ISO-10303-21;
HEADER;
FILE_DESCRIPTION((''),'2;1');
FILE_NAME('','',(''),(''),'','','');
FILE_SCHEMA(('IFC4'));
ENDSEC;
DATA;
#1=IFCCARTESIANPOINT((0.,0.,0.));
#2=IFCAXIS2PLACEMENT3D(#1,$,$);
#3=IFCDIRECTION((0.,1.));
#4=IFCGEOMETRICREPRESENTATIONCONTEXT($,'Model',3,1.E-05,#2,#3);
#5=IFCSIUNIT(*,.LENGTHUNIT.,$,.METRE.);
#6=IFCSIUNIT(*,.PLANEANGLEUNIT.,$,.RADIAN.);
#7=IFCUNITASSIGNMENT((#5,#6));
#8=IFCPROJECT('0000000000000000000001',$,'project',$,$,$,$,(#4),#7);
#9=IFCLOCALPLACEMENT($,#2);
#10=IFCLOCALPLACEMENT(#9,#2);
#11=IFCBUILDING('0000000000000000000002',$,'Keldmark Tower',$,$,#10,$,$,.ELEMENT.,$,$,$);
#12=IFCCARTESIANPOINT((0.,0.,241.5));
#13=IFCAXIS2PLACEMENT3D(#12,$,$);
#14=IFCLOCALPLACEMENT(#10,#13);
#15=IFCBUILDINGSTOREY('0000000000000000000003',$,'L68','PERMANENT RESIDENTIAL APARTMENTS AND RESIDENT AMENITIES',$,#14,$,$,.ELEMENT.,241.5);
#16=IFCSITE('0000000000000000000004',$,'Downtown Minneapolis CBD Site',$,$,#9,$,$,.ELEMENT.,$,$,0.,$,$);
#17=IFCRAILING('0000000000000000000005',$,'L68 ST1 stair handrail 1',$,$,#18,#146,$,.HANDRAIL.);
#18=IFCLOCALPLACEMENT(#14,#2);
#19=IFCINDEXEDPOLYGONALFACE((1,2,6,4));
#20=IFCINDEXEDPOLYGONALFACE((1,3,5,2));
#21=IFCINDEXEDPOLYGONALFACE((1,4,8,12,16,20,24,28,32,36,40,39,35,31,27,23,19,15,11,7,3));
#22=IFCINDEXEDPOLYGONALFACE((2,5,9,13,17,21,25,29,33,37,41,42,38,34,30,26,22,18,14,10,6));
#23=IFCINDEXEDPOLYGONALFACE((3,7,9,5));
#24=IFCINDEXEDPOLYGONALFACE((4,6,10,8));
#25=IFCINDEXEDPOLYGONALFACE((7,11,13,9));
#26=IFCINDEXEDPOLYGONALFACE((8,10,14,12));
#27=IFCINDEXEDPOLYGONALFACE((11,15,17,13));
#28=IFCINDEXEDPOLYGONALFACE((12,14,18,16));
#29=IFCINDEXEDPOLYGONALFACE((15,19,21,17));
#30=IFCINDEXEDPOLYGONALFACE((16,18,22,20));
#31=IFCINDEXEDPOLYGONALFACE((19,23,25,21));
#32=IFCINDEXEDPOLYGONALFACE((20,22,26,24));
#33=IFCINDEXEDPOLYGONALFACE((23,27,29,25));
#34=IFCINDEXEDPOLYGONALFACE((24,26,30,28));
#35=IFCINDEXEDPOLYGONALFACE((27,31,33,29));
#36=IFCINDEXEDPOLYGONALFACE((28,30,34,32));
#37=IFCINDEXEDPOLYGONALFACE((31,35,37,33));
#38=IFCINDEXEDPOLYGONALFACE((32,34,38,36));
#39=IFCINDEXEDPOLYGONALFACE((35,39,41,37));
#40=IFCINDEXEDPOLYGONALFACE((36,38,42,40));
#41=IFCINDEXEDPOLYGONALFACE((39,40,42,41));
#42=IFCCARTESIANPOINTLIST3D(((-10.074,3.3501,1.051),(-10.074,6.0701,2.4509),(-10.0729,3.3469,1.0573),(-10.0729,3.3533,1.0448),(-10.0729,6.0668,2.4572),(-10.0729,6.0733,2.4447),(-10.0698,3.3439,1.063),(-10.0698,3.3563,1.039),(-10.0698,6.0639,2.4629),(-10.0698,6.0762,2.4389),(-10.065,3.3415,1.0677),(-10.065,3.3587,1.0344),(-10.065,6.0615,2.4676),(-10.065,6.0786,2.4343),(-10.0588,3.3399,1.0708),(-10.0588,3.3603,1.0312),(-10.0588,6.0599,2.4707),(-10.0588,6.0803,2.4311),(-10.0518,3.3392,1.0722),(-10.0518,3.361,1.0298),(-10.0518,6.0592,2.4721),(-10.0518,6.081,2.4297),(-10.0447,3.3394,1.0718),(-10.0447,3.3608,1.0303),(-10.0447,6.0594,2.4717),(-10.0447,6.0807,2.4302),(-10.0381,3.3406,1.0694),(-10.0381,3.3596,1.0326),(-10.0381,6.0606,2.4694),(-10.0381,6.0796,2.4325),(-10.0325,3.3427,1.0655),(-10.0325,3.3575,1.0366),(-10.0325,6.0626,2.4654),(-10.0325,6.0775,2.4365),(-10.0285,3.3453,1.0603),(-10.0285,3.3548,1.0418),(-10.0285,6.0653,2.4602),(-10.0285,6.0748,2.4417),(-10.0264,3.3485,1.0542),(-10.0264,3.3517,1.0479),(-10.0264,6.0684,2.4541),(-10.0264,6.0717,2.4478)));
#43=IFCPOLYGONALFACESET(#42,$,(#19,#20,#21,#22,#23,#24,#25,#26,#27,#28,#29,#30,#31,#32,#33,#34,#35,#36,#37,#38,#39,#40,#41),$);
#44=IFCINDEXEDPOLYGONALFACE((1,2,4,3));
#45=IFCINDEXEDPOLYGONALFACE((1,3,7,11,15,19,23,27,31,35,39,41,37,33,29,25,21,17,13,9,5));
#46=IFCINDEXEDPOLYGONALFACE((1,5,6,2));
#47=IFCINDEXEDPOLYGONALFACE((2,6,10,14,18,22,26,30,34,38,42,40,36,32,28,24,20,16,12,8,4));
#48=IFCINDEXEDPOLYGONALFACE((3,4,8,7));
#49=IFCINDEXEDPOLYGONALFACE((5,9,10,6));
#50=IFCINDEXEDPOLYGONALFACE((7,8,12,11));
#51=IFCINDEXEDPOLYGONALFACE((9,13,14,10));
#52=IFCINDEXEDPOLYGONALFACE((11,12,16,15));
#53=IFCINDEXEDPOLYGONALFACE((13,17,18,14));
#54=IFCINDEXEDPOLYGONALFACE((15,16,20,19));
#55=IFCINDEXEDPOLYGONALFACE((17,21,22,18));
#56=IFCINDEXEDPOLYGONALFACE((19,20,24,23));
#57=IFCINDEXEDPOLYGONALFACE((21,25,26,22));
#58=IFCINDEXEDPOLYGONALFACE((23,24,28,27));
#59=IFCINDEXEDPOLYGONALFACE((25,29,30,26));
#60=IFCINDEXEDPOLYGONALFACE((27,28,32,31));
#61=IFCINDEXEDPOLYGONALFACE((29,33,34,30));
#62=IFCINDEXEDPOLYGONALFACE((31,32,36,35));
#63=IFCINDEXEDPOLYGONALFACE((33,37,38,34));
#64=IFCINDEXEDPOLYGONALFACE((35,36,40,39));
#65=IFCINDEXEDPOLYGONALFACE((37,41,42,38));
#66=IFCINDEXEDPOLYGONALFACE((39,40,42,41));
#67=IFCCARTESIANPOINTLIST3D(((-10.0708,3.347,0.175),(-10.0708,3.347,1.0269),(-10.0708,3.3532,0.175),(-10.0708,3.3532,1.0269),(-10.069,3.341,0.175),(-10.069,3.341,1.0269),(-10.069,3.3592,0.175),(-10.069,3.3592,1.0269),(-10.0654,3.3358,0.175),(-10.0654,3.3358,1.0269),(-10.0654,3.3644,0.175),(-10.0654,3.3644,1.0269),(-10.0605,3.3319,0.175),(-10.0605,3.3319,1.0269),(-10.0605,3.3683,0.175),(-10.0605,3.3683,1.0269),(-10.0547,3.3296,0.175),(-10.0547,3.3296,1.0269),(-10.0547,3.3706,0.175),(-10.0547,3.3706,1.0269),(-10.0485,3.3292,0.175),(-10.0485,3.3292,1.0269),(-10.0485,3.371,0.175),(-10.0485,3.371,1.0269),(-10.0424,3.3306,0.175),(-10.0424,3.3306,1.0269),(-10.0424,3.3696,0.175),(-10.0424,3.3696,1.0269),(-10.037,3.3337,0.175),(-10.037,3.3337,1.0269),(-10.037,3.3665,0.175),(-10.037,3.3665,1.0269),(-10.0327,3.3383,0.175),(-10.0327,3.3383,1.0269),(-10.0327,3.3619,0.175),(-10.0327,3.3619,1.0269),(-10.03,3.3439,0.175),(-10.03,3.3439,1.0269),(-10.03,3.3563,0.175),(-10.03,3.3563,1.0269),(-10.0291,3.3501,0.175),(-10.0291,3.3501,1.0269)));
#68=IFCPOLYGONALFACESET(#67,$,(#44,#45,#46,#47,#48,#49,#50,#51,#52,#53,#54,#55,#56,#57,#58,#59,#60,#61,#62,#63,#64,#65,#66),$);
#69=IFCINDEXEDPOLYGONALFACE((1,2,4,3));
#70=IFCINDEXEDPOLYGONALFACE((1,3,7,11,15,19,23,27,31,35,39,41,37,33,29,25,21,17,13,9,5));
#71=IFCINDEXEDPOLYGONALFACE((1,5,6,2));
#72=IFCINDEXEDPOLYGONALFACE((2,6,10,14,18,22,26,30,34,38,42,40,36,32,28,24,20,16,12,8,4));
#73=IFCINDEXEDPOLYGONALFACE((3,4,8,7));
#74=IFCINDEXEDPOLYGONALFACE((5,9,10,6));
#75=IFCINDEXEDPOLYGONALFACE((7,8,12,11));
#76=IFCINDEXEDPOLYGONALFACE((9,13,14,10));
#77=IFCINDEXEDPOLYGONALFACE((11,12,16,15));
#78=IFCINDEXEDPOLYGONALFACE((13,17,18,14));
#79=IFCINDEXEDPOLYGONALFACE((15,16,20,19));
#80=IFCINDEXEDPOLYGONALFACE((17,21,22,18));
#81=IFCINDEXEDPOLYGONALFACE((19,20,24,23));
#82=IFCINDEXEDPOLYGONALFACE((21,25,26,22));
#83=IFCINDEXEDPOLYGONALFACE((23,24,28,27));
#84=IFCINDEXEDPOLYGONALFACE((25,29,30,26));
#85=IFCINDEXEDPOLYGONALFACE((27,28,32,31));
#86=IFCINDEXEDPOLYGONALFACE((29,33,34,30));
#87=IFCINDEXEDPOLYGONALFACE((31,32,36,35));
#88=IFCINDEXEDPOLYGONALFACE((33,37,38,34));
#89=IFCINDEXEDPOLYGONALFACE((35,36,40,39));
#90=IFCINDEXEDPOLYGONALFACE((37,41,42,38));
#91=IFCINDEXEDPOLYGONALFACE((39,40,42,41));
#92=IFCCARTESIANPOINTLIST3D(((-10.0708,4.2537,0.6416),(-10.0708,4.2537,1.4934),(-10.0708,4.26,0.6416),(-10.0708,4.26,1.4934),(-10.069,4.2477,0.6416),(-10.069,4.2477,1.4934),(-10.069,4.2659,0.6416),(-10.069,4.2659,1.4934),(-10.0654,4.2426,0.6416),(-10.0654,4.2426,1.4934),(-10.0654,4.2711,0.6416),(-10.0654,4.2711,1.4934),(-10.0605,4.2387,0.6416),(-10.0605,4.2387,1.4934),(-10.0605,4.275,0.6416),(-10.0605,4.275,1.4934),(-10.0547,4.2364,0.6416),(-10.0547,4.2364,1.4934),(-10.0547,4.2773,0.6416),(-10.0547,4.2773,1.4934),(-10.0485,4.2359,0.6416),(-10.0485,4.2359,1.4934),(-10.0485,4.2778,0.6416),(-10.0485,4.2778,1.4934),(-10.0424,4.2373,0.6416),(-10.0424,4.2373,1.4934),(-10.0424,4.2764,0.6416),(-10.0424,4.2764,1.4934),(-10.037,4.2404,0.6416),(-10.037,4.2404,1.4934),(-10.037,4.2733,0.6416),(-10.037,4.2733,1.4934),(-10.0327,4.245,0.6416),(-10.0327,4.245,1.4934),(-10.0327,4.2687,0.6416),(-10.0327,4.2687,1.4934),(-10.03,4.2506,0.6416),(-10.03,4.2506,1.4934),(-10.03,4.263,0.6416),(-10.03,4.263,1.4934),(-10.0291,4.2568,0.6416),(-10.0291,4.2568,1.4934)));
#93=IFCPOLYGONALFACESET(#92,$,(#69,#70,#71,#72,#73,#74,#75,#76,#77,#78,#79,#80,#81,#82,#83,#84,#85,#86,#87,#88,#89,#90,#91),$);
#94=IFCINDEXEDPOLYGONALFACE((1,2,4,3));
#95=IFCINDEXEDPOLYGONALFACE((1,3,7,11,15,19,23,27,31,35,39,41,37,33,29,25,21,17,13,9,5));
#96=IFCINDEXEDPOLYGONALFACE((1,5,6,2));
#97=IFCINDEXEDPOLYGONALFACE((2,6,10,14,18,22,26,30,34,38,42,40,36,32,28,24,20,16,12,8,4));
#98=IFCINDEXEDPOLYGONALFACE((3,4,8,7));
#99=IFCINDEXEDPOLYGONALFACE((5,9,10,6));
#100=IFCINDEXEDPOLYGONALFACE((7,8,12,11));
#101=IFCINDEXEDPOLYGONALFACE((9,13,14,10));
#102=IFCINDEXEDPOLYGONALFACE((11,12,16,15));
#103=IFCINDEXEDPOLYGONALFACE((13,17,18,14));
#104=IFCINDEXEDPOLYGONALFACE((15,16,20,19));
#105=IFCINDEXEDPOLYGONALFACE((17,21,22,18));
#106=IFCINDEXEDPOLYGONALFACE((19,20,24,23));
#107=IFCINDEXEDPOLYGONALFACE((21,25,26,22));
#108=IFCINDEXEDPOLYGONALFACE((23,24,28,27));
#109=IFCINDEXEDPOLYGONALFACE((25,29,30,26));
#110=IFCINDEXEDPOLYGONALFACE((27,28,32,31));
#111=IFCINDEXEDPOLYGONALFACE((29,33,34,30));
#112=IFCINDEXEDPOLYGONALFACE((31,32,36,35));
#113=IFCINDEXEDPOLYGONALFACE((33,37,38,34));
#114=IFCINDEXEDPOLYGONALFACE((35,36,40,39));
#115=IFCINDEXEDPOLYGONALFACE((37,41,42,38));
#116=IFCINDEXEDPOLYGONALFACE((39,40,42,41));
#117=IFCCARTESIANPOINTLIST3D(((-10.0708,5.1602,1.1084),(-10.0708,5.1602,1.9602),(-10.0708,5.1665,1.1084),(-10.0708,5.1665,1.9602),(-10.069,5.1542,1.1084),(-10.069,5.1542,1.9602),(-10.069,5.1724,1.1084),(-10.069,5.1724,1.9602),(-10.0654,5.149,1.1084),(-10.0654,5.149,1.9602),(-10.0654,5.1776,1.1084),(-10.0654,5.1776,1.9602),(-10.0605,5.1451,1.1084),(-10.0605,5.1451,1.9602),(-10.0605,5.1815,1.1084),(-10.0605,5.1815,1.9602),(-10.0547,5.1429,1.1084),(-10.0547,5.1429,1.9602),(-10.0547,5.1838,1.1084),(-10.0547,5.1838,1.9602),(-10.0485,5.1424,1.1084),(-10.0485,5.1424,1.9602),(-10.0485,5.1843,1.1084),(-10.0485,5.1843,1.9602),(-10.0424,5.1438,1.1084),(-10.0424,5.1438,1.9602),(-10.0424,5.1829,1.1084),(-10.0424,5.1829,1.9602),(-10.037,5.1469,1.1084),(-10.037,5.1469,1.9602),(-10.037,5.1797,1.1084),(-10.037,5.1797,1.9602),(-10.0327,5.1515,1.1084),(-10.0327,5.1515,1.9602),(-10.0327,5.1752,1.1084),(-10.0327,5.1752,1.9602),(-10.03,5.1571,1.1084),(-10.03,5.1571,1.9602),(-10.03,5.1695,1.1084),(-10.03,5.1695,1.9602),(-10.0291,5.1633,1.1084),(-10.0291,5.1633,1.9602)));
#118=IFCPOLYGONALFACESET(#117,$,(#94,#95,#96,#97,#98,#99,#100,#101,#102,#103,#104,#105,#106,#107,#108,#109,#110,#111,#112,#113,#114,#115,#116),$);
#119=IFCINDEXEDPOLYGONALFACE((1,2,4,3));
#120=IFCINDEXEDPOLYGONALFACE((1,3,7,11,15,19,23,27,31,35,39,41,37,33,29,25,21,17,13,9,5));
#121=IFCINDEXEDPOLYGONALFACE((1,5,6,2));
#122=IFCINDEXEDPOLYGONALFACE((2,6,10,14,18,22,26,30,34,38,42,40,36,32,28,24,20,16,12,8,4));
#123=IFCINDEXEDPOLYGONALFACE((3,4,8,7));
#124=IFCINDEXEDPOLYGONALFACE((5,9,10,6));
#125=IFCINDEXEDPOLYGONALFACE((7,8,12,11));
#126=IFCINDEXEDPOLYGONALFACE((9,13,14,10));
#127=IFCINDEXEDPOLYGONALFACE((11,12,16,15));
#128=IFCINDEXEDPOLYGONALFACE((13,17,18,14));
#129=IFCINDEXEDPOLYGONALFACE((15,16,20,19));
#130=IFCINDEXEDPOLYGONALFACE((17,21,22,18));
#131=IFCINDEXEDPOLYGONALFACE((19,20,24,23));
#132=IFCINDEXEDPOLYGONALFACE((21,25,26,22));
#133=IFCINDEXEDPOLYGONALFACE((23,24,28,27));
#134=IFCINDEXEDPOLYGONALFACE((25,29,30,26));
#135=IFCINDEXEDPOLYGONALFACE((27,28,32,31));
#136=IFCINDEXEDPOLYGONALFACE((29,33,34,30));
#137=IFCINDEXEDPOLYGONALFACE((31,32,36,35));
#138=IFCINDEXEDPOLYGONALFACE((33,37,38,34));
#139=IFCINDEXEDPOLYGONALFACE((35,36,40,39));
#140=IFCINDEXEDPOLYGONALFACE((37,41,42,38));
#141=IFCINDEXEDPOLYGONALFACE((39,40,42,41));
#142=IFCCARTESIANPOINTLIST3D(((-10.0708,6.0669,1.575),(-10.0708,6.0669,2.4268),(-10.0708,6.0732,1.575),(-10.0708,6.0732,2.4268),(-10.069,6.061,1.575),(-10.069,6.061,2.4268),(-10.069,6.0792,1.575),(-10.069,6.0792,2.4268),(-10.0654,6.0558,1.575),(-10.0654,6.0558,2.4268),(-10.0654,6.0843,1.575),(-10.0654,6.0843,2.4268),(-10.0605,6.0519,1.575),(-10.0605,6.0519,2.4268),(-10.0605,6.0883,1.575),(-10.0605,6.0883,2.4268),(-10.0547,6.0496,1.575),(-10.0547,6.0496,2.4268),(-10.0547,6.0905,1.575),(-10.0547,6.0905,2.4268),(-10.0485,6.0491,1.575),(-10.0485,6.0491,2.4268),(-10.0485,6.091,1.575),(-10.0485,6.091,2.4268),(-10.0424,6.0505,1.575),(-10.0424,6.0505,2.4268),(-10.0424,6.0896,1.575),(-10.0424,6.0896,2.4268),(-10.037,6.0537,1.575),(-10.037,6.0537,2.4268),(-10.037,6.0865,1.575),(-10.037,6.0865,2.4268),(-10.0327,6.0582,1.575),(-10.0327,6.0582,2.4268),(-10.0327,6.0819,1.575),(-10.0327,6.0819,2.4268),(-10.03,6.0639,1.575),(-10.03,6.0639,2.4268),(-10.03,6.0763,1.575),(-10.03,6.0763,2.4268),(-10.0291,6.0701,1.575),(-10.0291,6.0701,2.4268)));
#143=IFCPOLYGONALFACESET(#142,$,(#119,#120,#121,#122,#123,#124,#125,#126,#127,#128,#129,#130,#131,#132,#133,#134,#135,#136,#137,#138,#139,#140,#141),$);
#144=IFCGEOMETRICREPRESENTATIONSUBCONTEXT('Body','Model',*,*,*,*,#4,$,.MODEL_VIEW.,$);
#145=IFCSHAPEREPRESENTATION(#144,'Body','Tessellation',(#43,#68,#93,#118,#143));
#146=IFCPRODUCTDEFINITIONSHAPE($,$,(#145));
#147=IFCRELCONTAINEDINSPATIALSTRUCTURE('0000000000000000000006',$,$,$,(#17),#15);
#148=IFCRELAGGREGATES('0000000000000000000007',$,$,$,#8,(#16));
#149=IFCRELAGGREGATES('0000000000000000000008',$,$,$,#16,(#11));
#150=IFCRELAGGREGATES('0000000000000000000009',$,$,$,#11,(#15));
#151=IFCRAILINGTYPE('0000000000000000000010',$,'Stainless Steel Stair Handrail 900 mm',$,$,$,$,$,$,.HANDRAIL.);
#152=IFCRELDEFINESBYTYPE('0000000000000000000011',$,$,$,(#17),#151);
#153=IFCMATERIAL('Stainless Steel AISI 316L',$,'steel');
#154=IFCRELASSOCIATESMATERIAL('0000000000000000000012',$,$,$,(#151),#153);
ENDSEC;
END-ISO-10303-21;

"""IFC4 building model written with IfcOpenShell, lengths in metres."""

from ifc_helpers import new_model, si_unit, direction, frame, origin, origin_2d, place, context, subcontext, project, spatial, circle, extrude, material, type_object, element, save


model = new_model("IFC4")

# Units and contexts
model_context = context("Model", 3, precision=1e-05, world=origin(), true_north=direction((0.0, 1.0)))
body_context = subcontext(model_context, "Body", "Model", "MODEL_VIEW")
ifc_project = project(units=[si_unit("LENGTHUNIT", "METRE"), si_unit("PLANEANGLEUNIT", "RADIAN")], contexts=[model_context])

# Site, building, storey
site_placement = place(None, origin())
site = spatial("IfcSite", under=ifc_project, at=site_placement, Name="Downtown Minneapolis CBD Site", CompositionType="ELEMENT", RefElevation=0.0)
building_placement = place(site_placement, origin())
building = spatial("IfcBuilding", under=site, at=building_placement, Name="Keldmark Tower", CompositionType="ELEMENT")
storey_placement = place(building_placement, frame((0.0, 0.0, 241.5)))
storey = spatial("IfcBuildingStorey", under=building, at=storey_placement, Name="L68", Description="PERMANENT RESIDENTIAL APARTMENTS AND RESIDENT AMENITIES", CompositionType="ELEMENT", Elevation=241.5)

# Railing
ifc_material_1 = material(Name="Stainless Steel AISI 316L", Category="steel")
railing_type = type_object("IfcRailingType", Name="Stainless Steel Stair Handrail 900 mm", PredefinedType="HANDRAIL", material=ifc_material_1)
railing_placement = place(storey_placement, frame((-10.05, 3.3501, 0.175)))
element("IfcRailing", 1, at=railing_placement, inside=storey, type_object=railing_type, Name="L68 ST1 stair handrail 1", PredefinedType="HANDRAIL", context=body_context, shape_type="SweptSolid", body=[
    extrude(circle(Radius=0.0239, at=origin_2d()), frame((0.0, 0.0, 0.876), z_axis=(0.0, 0.889147, 0.457622), x_axis=(-1.0, 0.0, 0.0)), (0.0, 0.0, 1.0), 3.0591),
    extrude(circle(Radius=0.021, at=origin_2d()), origin(), (0.0, 0.0, 1.0), 0.8518),
    extrude(circle(Radius=0.021, at=origin_2d()), frame((0.0, 0.9067, 0.4666)), (0.0, 0.0, 1.0), 0.8518),
    extrude(circle(Radius=0.021, at=origin_2d()), frame((0.0, 1.8132, 0.9333)), (0.0, 0.0, 1.0), 0.8518),
    extrude(circle(Radius=0.021, at=origin_2d()), frame((0.0, 2.72, 1.3999)), (0.0, 0.0, 1.0), 0.8518),
])

save(model, "model.ifc")
